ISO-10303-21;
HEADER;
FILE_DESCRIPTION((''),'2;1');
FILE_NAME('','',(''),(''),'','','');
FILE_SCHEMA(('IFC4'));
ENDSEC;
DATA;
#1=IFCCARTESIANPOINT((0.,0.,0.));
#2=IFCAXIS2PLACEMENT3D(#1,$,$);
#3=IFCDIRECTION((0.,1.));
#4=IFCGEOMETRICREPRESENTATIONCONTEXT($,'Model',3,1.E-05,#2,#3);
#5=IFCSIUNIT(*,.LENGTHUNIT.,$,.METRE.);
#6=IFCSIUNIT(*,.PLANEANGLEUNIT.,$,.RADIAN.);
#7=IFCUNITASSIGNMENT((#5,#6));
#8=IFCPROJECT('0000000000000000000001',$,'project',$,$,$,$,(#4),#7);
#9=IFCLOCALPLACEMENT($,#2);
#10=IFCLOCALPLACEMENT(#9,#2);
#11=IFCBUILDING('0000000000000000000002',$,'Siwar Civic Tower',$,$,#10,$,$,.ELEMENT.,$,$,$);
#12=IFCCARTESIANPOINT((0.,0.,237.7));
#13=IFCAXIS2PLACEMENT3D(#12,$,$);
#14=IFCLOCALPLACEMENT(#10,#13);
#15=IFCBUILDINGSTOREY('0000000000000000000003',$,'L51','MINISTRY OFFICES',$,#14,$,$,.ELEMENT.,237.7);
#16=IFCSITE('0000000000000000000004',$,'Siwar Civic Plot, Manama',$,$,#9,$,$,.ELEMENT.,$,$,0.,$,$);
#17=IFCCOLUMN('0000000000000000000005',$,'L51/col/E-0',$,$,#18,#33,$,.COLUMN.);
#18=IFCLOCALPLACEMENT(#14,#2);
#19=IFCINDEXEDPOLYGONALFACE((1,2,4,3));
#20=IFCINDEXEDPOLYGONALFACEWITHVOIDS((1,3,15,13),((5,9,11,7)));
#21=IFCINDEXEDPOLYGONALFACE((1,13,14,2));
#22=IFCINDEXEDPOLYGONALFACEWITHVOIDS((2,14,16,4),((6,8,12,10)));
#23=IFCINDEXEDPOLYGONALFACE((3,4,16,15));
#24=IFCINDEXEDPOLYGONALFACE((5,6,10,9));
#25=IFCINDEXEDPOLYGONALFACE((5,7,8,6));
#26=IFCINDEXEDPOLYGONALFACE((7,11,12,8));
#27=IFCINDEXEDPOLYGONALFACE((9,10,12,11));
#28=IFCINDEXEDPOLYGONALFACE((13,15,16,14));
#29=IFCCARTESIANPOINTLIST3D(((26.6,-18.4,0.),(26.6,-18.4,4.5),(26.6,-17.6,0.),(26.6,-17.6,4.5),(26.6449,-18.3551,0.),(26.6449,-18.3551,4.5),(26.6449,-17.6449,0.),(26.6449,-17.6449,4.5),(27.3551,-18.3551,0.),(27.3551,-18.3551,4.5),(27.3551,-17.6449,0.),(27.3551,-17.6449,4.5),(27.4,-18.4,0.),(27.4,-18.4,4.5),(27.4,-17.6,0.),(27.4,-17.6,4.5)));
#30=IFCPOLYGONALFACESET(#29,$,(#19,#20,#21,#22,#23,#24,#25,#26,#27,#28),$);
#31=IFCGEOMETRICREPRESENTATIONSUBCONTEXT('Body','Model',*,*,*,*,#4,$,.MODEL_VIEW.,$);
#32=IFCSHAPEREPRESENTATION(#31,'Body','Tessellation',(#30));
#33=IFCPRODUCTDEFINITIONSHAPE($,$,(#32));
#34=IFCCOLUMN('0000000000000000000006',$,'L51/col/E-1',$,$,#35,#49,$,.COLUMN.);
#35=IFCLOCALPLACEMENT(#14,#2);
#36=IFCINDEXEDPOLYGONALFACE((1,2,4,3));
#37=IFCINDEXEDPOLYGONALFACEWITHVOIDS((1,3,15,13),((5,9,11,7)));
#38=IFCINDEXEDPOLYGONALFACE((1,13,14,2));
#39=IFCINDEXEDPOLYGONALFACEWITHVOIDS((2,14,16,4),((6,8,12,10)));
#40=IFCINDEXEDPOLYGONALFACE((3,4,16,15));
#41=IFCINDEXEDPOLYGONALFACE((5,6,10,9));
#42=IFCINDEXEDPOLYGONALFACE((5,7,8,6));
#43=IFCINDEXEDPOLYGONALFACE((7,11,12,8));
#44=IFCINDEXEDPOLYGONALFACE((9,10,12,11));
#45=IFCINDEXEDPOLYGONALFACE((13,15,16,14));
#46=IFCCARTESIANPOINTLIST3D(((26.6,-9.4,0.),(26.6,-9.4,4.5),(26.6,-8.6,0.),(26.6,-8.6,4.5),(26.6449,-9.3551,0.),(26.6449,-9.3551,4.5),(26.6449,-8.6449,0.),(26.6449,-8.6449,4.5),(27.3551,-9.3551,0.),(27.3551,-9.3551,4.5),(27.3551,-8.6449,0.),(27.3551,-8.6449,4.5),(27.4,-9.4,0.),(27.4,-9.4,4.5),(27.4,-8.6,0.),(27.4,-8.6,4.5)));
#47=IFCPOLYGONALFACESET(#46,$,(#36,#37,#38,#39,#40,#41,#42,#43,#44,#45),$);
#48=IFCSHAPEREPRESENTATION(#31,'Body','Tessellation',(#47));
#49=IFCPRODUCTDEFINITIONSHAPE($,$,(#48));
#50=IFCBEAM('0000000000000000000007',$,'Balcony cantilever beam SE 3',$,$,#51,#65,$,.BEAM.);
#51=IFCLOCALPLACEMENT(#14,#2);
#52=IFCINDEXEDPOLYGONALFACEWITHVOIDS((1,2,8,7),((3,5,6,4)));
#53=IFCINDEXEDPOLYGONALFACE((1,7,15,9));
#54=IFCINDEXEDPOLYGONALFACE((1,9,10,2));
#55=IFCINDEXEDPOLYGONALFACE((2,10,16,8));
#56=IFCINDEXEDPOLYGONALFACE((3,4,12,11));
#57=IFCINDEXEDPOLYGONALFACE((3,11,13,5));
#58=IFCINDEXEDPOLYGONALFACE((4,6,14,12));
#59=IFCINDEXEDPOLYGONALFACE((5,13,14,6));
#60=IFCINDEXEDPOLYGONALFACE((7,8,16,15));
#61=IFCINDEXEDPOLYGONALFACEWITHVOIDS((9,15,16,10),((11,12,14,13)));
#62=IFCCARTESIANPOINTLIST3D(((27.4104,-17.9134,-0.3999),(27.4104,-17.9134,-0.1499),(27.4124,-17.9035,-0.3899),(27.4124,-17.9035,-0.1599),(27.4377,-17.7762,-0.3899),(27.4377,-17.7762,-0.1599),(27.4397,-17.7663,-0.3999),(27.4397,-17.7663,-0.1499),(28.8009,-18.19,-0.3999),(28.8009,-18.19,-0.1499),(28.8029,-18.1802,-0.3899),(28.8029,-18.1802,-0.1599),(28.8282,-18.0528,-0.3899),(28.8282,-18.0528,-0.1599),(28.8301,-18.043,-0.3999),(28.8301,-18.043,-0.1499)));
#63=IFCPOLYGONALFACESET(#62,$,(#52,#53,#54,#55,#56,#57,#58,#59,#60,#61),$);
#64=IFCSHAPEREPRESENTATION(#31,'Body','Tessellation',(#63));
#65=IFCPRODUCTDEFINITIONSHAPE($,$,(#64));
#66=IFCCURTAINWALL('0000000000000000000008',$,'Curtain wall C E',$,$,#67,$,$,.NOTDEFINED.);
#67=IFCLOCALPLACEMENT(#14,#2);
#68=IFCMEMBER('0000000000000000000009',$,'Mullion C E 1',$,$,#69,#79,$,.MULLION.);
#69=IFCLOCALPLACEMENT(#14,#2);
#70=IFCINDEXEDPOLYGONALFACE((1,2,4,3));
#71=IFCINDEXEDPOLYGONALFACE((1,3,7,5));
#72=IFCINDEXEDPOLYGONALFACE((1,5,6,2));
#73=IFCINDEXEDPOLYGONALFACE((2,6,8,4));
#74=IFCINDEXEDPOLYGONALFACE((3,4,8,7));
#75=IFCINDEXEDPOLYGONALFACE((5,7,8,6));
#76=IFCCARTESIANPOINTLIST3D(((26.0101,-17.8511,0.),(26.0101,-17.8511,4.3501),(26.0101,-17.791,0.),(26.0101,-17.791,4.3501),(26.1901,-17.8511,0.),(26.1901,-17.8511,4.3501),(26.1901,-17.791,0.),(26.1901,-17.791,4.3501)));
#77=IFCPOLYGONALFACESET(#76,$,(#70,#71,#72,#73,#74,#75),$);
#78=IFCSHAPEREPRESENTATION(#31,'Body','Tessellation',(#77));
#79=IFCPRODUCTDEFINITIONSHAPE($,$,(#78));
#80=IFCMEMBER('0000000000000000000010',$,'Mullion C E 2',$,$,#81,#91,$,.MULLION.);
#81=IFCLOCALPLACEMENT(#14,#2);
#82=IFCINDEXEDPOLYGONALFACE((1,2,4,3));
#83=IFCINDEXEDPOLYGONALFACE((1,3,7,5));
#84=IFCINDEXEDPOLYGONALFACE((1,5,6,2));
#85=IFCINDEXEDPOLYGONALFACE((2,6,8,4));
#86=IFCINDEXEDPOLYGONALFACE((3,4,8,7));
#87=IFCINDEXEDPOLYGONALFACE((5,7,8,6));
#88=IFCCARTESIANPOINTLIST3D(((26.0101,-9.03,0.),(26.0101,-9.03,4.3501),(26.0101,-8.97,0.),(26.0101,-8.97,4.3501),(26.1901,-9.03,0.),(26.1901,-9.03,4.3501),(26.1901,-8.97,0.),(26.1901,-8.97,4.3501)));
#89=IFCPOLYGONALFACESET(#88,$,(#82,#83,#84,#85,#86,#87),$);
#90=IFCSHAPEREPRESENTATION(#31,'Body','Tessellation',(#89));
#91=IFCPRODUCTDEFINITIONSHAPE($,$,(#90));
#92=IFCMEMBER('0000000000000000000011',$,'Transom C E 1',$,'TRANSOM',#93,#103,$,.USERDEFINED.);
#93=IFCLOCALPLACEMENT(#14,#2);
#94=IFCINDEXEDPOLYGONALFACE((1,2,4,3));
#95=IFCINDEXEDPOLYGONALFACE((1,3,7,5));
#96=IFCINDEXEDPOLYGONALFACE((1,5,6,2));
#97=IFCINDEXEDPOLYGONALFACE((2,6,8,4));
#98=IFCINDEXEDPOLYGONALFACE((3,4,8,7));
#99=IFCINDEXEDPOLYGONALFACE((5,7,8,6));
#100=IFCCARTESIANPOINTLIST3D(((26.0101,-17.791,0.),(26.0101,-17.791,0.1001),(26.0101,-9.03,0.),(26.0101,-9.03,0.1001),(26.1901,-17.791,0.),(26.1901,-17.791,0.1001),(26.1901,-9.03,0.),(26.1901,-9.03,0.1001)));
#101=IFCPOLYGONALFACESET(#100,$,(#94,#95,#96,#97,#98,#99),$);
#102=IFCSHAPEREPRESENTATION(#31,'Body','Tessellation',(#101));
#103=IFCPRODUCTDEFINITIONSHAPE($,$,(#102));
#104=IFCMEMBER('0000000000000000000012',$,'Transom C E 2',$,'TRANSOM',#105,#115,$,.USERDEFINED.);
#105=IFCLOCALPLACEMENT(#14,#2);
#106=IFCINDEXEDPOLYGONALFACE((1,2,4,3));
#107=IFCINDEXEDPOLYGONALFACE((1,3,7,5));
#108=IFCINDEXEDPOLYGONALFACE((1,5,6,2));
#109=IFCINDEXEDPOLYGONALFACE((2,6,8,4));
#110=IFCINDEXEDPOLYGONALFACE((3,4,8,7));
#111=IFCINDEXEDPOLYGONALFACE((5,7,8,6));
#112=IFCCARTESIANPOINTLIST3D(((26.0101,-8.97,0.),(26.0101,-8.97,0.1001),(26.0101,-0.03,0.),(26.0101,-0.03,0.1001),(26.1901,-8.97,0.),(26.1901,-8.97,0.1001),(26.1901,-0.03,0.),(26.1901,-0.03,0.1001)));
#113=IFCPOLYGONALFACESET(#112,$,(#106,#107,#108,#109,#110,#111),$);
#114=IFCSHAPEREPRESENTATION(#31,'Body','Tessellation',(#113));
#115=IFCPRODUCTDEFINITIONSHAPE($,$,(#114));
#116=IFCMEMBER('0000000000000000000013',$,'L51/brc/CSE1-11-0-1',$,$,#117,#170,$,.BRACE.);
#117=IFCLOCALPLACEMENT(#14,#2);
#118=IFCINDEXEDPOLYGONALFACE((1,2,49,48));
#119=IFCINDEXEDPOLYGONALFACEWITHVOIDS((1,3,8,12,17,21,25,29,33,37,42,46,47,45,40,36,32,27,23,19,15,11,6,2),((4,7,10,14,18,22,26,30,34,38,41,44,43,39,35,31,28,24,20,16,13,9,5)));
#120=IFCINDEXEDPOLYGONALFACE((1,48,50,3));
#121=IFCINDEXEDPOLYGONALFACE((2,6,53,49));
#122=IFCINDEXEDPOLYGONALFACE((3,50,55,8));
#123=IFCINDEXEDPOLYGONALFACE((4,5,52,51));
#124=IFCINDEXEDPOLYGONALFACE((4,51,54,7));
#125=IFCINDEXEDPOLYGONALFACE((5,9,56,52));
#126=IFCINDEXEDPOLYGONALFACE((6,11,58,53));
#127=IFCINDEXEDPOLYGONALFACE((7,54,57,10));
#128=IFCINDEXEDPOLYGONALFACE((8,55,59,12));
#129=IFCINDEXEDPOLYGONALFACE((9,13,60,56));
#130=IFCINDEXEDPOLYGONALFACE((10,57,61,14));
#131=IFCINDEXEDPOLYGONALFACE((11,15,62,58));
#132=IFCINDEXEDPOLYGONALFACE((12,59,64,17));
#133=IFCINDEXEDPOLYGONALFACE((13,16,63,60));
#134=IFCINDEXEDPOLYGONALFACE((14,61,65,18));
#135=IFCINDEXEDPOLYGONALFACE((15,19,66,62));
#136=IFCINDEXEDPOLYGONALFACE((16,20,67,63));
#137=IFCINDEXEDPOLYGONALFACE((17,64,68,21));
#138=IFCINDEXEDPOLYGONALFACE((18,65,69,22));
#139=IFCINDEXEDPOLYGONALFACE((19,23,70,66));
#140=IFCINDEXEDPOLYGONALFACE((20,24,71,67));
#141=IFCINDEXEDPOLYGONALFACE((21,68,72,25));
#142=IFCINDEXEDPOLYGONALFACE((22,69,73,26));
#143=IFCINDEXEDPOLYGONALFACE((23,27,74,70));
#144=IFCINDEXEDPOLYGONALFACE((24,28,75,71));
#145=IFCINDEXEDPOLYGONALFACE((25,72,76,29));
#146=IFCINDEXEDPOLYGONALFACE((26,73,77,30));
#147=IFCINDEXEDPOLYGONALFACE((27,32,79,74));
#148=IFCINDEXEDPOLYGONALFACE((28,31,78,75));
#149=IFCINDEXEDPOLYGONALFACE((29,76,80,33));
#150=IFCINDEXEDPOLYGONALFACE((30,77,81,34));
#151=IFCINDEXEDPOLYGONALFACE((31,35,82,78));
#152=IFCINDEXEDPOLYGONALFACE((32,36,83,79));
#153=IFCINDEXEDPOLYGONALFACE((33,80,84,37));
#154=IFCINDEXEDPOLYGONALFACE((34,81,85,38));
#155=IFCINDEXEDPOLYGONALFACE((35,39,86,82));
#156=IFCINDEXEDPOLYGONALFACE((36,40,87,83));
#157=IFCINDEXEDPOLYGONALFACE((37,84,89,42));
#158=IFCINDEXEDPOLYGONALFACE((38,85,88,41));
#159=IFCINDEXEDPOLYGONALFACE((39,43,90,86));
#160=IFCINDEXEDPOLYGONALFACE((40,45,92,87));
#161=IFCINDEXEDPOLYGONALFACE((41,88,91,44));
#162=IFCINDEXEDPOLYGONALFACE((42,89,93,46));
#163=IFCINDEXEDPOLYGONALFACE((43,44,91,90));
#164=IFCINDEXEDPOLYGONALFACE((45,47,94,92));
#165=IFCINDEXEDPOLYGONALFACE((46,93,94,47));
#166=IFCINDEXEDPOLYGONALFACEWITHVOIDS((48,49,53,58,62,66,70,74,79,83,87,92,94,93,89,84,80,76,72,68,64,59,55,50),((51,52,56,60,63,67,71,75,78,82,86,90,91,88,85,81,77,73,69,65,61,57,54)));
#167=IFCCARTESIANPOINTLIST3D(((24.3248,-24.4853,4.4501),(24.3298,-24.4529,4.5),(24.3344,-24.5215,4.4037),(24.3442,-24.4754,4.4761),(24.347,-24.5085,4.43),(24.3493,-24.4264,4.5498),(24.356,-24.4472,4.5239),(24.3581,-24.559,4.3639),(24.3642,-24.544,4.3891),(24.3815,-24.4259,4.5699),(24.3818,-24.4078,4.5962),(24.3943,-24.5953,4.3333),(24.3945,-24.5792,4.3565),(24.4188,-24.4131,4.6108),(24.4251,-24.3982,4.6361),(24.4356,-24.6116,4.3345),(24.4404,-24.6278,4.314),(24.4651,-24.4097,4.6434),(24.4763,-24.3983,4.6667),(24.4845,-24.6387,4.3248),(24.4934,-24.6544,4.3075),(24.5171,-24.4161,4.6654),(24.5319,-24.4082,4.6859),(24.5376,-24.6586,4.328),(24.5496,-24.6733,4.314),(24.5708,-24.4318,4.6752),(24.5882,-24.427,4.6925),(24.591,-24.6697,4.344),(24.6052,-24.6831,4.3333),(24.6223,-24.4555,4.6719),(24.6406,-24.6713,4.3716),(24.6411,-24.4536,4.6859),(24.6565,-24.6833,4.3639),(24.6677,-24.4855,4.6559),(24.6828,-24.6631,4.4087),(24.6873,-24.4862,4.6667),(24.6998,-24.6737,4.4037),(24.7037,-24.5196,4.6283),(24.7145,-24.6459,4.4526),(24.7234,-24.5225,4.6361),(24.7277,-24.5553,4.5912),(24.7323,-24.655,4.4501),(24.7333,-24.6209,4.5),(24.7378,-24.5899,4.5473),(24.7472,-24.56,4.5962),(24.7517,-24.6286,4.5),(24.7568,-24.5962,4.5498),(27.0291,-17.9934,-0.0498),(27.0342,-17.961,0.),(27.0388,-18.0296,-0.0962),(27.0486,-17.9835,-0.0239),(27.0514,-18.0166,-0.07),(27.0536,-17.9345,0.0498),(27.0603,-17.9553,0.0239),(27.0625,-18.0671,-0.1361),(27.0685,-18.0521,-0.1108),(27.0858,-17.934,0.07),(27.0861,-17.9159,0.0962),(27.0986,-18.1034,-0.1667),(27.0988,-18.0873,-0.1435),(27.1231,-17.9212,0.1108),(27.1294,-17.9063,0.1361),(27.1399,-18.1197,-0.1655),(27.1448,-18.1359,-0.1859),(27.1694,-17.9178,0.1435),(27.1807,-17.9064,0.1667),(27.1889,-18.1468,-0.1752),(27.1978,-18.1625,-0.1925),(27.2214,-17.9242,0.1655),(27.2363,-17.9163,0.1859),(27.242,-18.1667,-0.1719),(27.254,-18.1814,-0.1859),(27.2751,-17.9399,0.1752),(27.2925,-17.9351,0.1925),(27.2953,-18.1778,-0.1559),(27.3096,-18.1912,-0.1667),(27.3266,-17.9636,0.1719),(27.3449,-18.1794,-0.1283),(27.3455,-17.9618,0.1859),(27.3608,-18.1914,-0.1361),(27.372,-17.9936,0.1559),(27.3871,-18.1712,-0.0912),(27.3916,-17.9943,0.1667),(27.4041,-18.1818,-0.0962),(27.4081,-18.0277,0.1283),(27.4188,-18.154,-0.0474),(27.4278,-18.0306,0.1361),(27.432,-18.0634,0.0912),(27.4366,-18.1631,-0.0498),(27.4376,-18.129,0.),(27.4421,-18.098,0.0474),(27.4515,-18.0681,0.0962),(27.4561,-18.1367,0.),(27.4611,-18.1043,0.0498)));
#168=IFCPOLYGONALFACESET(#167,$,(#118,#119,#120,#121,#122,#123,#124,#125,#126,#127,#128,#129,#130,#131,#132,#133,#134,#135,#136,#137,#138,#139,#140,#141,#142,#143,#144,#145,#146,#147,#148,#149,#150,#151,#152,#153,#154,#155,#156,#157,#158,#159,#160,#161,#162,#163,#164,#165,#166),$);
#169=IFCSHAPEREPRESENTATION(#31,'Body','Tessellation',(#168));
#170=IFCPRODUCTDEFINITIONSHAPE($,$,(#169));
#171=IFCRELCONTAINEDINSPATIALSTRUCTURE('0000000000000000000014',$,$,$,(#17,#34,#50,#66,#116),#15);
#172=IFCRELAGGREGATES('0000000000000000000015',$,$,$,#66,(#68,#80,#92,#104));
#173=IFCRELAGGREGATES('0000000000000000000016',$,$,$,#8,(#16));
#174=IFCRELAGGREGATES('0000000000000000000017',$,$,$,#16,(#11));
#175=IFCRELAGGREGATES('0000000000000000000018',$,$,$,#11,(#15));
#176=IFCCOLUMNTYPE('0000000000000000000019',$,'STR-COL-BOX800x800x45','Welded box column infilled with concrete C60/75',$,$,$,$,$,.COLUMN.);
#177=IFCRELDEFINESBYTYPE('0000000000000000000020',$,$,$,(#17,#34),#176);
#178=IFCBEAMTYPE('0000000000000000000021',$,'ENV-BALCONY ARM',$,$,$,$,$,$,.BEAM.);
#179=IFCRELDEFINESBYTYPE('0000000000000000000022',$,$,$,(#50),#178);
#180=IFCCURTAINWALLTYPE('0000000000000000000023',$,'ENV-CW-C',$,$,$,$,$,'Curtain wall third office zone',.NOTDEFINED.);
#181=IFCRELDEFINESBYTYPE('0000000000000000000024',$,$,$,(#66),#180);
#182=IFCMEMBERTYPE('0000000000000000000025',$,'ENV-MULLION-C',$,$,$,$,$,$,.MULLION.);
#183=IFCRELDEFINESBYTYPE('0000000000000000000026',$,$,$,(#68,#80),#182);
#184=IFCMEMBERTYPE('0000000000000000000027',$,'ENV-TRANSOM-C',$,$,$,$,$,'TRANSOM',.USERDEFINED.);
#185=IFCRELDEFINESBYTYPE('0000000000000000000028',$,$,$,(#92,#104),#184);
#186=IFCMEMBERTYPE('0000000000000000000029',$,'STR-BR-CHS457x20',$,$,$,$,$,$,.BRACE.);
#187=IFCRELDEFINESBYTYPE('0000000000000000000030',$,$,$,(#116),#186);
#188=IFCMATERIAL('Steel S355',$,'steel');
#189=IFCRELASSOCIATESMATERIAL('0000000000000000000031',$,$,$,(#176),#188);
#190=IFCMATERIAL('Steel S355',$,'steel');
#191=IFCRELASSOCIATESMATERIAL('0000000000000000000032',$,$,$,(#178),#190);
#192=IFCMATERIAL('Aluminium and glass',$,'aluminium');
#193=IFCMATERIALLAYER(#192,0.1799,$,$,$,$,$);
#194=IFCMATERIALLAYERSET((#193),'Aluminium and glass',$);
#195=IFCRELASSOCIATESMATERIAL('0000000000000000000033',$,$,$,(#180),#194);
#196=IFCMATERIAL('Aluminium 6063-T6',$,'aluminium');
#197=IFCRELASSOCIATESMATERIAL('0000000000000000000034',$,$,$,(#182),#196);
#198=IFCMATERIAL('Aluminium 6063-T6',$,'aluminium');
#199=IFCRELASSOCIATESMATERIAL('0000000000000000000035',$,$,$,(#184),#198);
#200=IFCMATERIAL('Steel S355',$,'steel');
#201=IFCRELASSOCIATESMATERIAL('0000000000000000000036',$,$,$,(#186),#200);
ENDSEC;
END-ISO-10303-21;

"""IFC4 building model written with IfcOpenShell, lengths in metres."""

from ifc_helpers import new_model, si_unit, direction, frame, origin, origin_2d, place, context, subcontext, project, spatial, rectangle, hollow_rectangle, hollow_circle, extrude, material, layer, layer_set, material_profile, profile_set, type_object, element, aggregate, save


model = new_model("IFC4")

# Units and contexts
model_context = context("Model", 3, precision=1e-05, world=origin(), true_north=direction((0.0, 1.0)))
body_context = subcontext(model_context, "Body", "Model", "MODEL_VIEW")
ifc_project = project(units=[si_unit("LENGTHUNIT", "METRE"), si_unit("PLANEANGLEUNIT", "RADIAN")], contexts=[model_context])

# Site, building, storey
site_placement = place(None, origin())
site = spatial("IfcSite", under=ifc_project, at=site_placement, Name="Siwar Civic Plot, Manama", CompositionType="ELEMENT", RefElevation=0.0)
building_placement = place(site_placement, origin())
building = spatial("IfcBuilding", under=site, at=building_placement, Name="Siwar Civic Tower", CompositionType="ELEMENT")
storey_placement = place(building_placement, frame((0.0, 0.0, 237.7)))
storey = spatial("IfcBuildingStorey", under=building, at=storey_placement, Name="L51", Description="MINISTRY OFFICES", CompositionType="ELEMENT", Elevation=237.7)

# Columns
ifc_material_1 = material(Name="Steel S355", Category="steel")
ifc_material_profile_1 = material_profile(ifc_material_1, hollow_rectangle(XDim=0.8, YDim=0.8, WallThickness=0.0449, at=origin_2d()), Name="BOX800x800x45")
ifc_profile_set_1 = profile_set([ifc_material_profile_1], Name="Steel S355")
column_type = type_object("IfcColumnType", Name="STR-COL-BOX800x800x45", Description="Welded box column infilled with concrete C60/75", PredefinedType="COLUMN", material=ifc_profile_set_1)
for number, where, z_axis, x_axis, name in (
    (1, (27.0, -18.0, 0.0), (0.0, 0.0, 1.0), (1.0, 0.0, 0.0), "L51/col/E-0"),
    (2, (27.0, -9.0, 0.0), (0.0, 0.0, 1.0), (1.0, 0.0, 0.0), "L51/col/E-1"),
):
    element("IfcColumn", number, at=place(storey_placement, frame(where, z_axis=z_axis, x_axis=x_axis)), inside=storey, type_object=column_type, Name=name, PredefinedType="COLUMN", context=body_context, shape_type="SweptSolid", body=[
        extrude(hollow_rectangle(XDim=0.8, YDim=0.8, WallThickness=0.0449, at=origin_2d()), origin(), (0.0, 0.0, 1.0), 4.5),
    ])

# Beam
ifc_material_2 = material(Name="Steel S355", Category="steel")
ifc_material_profile_2 = material_profile(ifc_material_2, hollow_rectangle(XDim=0.1499, YDim=0.25, WallThickness=0.01, at=origin_2d()), Name="RHS250x150x10")
ifc_profile_set_2 = profile_set([ifc_material_profile_2], Name="Steel S355")
beam_type_1 = type_object("IfcBeamType", Name="ENV-BALCONY ARM", PredefinedType="BEAM", material=ifc_profile_set_2)
beam_1_placement = place(storey_placement, frame((27.425, -17.8398, -0.2749), z_axis=(0.980779, -0.195122, 0.0), x_axis=(0.195122, 0.980779, 0.0)))
element("IfcBeam", 3, at=beam_1_placement, inside=storey, type_object=beam_type_1, Name="Balcony cantilever beam SE 3", PredefinedType="BEAM", context=body_context, shape_type="SweptSolid", body=[
    extrude(hollow_rectangle(XDim=0.1499, YDim=0.25, WallThickness=0.01, at=origin_2d()), origin(), (0.0, 0.0, 1.0), 1.4177),
])

# Curtain wall, members
ifc_material_3 = material(Name="Aluminium and glass", Category="aluminium")
ifc_layer_1 = layer(ifc_material_3, 0.1799)
ifc_layer_set_1 = layer_set([ifc_layer_1], Name="Aluminium and glass")
curtain_wall_type_1 = type_object("IfcCurtainWallType", Name="ENV-CW-C", ElementType="Curtain wall third office zone", PredefinedType="NOTDEFINED", material=ifc_layer_set_1)
curtain_wall_1_placement = place(storey_placement, origin())
curtain_wall_1 = element("IfcCurtainWall", 4, at=curtain_wall_1_placement, inside=storey, type_object=curtain_wall_type_1, Name="Curtain wall C E", PredefinedType="NOTDEFINED")
ifc_material_4 = material(Name="Aluminium 6063-T6", Category="aluminium")
ifc_material_profile_3 = material_profile(ifc_material_4, rectangle(XDim=0.1799, YDim=0.0601, at=origin_2d()), Name="AL 180x60")
ifc_profile_set_3 = profile_set([ifc_material_profile_3], Name="Aluminium 6063-T6")
member_type_1 = type_object("IfcMemberType", Name="ENV-MULLION-C", PredefinedType="MULLION", material=ifc_profile_set_3)
member_1_placement = place(storey_placement, frame((26.1001, -17.821, 0.0), z_axis=(0.0, 0.0, 1.0), x_axis=(-1.0, 0.0, 0.0)))
member_1 = element("IfcMember", 5, at=member_1_placement, type_object=member_type_1, Name="Mullion C E 1", PredefinedType="MULLION", context=body_context, shape_type="SweptSolid", body=[
    extrude(rectangle(XDim=0.1799, YDim=0.0601, at=origin_2d()), origin(), (0.0, 0.0, 1.0), 4.3501),
])
member_2_placement = place(storey_placement, frame((26.1001, -9.0, 0.0), z_axis=(0.0, 0.0, 1.0), x_axis=(-1.0, 0.0, 0.0)))
member_2 = element("IfcMember", 6, at=member_2_placement, type_object=member_type_1, Name="Mullion C E 2", PredefinedType="MULLION", context=body_context, shape_type="SweptSolid", body=[
    extrude(rectangle(XDim=0.1799, YDim=0.0601, at=origin_2d()), origin(), (0.0, 0.0, 1.0), 4.3501),
])
ifc_material_5 = material(Name="Aluminium 6063-T6", Category="aluminium")
ifc_material_profile_4 = material_profile(ifc_material_5, rectangle(XDim=0.1799, YDim=0.1001, at=origin_2d()), Name="AL 180x100")
ifc_profile_set_4 = profile_set([ifc_material_profile_4], Name="Aluminium 6063-T6")
member_type_2 = type_object("IfcMemberType", Name="ENV-TRANSOM-C", ElementType="TRANSOM", PredefinedType="USERDEFINED", material=ifc_profile_set_4)
member_3_placement = place(storey_placement, frame((26.1001, -17.791, 0.05), z_axis=(0.0, 1.0, 0.0), x_axis=(-1.0, 0.0, 0.0)))
member_3 = element("IfcMember", 7, at=member_3_placement, type_object=member_type_2, Name="Transom C E 1", ObjectType="TRANSOM", PredefinedType="USERDEFINED", context=body_context, shape_type="SweptSolid", body=[
    extrude(rectangle(XDim=0.1799, YDim=0.1001, at=origin_2d()), origin(), (0.0, 0.0, 1.0), 8.761),
])
member_4_placement = place(storey_placement, frame((26.1001, -8.97, 0.05), z_axis=(0.0, 1.0, 0.0), x_axis=(-1.0, 0.0, 0.0)))
member_4 = element("IfcMember", 8, at=member_4_placement, type_object=member_type_2, Name="Transom C E 2", ObjectType="TRANSOM", PredefinedType="USERDEFINED", context=body_context, shape_type="SweptSolid", body=[
    extrude(rectangle(XDim=0.1799, YDim=0.1001, at=origin_2d()), origin(), (0.0, 0.0, 1.0), 8.9399),
])

# Member
ifc_material_6 = material(Name="Steel S355", Category="steel")
ifc_material_profile_5 = material_profile(ifc_material_6, hollow_circle(Radius=0.2285, WallThickness=0.02, at=origin_2d()), Name="CHS457x20")
ifc_profile_set_5 = profile_set([ifc_material_profile_5], Name="Steel S355")
member_type_3 = type_object("IfcMemberType", Name="STR-BR-CHS457x20", PredefinedType="BRACE", material=ifc_profile_set_5)
member_5_placement = place(storey_placement, frame((27.2451, -18.0488, 0.0), z_axis=(-0.323906, -0.777555, 0.538975), x_axis=(0.923109, -0.384539, 0.0)))
element("IfcMember", 9, at=member_5_placement, inside=storey, type_object=member_type_3, Name="L51/brc/CSE1-11-0-1", PredefinedType="BRACE", context=body_context, shape_type="SweptSolid", body=[
    extrude(hollow_circle(Radius=0.2285, WallThickness=0.02, at=origin_2d()), origin(), (0.0, 0.0, 1.0), 8.3491),
])

aggregate(curtain_wall_1, [member_1, member_2, member_3, member_4])

save(model, "model.ifc")
